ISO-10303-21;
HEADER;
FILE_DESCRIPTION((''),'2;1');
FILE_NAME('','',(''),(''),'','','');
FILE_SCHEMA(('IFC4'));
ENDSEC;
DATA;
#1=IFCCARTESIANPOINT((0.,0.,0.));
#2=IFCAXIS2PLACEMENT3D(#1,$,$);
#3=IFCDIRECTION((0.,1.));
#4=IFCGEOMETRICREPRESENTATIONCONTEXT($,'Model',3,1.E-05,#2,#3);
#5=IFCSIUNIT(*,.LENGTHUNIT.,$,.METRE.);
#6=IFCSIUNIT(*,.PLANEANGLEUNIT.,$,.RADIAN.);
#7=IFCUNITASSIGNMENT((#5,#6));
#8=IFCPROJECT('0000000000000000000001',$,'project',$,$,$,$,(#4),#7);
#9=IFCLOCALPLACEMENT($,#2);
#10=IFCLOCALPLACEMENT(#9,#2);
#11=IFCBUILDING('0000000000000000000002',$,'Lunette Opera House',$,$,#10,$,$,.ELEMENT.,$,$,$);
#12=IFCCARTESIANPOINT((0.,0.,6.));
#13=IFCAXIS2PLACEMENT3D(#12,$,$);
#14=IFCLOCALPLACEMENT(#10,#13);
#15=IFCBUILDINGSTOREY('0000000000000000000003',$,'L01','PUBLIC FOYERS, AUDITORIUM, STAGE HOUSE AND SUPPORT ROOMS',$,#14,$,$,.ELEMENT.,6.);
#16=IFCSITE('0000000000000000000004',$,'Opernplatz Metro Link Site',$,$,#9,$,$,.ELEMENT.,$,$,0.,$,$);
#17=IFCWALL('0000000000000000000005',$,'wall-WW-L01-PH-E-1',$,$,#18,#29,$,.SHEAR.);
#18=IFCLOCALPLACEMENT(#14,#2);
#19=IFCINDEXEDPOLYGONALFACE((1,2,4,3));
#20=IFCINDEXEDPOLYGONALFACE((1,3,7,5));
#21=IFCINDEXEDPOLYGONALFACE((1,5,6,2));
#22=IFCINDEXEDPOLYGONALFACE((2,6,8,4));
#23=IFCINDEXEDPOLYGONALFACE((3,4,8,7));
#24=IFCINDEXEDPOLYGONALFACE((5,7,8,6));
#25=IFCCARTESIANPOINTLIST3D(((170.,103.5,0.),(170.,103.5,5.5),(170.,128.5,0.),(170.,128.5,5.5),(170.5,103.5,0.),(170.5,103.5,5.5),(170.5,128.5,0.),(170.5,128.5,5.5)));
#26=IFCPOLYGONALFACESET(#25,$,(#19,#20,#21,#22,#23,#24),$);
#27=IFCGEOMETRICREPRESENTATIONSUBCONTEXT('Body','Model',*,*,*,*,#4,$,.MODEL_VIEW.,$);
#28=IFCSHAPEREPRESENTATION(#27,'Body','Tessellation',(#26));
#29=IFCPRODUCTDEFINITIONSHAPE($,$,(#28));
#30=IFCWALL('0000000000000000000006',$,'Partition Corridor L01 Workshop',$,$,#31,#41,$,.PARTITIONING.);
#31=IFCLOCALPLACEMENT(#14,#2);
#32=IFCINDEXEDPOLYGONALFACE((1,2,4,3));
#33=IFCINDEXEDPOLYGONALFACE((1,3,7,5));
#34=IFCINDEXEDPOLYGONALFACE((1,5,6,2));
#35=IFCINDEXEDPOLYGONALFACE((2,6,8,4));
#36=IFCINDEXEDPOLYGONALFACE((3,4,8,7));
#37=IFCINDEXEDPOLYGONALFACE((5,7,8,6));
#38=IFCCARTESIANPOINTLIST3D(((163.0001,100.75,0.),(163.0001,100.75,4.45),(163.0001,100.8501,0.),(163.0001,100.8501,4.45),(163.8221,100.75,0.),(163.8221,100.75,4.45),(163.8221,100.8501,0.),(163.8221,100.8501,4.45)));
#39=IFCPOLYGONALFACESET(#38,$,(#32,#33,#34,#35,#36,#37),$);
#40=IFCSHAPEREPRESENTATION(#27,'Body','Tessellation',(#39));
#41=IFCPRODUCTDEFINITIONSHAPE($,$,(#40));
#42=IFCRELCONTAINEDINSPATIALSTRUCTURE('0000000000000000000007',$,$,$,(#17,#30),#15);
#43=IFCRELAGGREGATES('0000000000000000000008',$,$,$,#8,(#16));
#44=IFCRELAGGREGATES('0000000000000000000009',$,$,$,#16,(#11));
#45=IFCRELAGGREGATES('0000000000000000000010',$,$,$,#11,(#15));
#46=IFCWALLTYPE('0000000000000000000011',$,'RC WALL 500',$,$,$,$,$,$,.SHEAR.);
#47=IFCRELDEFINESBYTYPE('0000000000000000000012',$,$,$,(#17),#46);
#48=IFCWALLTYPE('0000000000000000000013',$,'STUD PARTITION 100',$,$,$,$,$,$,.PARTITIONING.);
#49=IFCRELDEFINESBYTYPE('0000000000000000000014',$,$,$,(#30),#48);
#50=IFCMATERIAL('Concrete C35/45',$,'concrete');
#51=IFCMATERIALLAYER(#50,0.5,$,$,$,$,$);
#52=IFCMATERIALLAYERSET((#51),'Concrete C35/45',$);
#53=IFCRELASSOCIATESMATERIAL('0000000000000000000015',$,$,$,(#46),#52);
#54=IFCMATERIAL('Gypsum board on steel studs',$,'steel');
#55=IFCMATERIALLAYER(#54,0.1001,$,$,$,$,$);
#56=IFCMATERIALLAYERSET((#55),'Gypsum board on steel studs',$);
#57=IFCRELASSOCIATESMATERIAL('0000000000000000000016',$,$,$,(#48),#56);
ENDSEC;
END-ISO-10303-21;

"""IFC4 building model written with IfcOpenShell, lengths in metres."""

from ifc_helpers import new_model, si_unit, direction, frame, frame_2d, origin, place, context, subcontext, project, spatial, rectangle, extrude, material, layer, layer_set, type_object, element, save


model = new_model("IFC4")

# Units and contexts
model_context = context("Model", 3, precision=1e-05, world=origin(), true_north=direction((0.0, 1.0)))
body_context = subcontext(model_context, "Body", "Model", "MODEL_VIEW")
ifc_project = project(units=[si_unit("LENGTHUNIT", "METRE"), si_unit("PLANEANGLEUNIT", "RADIAN")], contexts=[model_context])

# Site, building, storey
site_placement = place(None, origin())
site = spatial("IfcSite", under=ifc_project, at=site_placement, Name="Opernplatz Metro Link Site", CompositionType="ELEMENT", RefElevation=0.0)
building_placement = place(site_placement, origin())
building = spatial("IfcBuilding", under=site, at=building_placement, Name="Lunette Opera House", CompositionType="ELEMENT")
storey_placement = place(building_placement, frame((0.0, 0.0, 6.0)))
storey = spatial("IfcBuildingStorey", under=building, at=storey_placement, Name="L01", Description="PUBLIC FOYERS, AUDITORIUM, STAGE HOUSE AND SUPPORT ROOMS", CompositionType="ELEMENT", Elevation=6.0)

# Walls
ifc_material_1 = material(Name="Concrete C35/45", Category="concrete")
ifc_layer_1 = layer(ifc_material_1, 0.5)
ifc_layer_set_1 = layer_set([ifc_layer_1], Name="Concrete C35/45")
wall_type_1 = type_object("IfcWallType", Name="RC WALL 500", PredefinedType="SHEAR", material=ifc_layer_set_1)
wall_1_placement = place(storey_placement, frame((170.25, 103.5, 0.0), z_axis=(0.0, 0.0, 1.0), x_axis=(0.0, 1.0, 0.0)))
element("IfcWall", 1, at=wall_1_placement, inside=storey, type_object=wall_type_1, Name="wall-WW-L01-PH-E-1", PredefinedType="SHEAR", context=body_context, shape_type="SweptSolid", body=[
    extrude(rectangle(XDim=25.0, YDim=0.5, at=frame_2d((12.5, 0.0))), origin(), (0.0, 0.0, 1.0), 5.5),
])
ifc_material_2 = material(Name="Gypsum board on steel studs", Category="steel")
ifc_layer_2 = layer(ifc_material_2, 0.1001)
ifc_layer_set_2 = layer_set([ifc_layer_2], Name="Gypsum board on steel studs")
wall_type_2 = type_object("IfcWallType", Name="STUD PARTITION 100", PredefinedType="PARTITIONING", material=ifc_layer_set_2)
wall_2_placement = place(storey_placement, frame((163.0, 100.8, 0.0), z_axis=(0.0, 0.0, 1.0), x_axis=(1.0, 0.0, 0.0)))
element("IfcWall", 2, at=wall_2_placement, inside=storey, type_object=wall_type_2, Name="Partition Corridor L01 Workshop", PredefinedType="PARTITIONING", context=body_context, shape_type="SweptSolid", body=[
    extrude(rectangle(XDim=0.822, YDim=0.1001, at=frame_2d((0.4111, 0.0))), origin(), (0.0, 0.0, 1.0), 4.45),
])

save(model, "model.ifc")
